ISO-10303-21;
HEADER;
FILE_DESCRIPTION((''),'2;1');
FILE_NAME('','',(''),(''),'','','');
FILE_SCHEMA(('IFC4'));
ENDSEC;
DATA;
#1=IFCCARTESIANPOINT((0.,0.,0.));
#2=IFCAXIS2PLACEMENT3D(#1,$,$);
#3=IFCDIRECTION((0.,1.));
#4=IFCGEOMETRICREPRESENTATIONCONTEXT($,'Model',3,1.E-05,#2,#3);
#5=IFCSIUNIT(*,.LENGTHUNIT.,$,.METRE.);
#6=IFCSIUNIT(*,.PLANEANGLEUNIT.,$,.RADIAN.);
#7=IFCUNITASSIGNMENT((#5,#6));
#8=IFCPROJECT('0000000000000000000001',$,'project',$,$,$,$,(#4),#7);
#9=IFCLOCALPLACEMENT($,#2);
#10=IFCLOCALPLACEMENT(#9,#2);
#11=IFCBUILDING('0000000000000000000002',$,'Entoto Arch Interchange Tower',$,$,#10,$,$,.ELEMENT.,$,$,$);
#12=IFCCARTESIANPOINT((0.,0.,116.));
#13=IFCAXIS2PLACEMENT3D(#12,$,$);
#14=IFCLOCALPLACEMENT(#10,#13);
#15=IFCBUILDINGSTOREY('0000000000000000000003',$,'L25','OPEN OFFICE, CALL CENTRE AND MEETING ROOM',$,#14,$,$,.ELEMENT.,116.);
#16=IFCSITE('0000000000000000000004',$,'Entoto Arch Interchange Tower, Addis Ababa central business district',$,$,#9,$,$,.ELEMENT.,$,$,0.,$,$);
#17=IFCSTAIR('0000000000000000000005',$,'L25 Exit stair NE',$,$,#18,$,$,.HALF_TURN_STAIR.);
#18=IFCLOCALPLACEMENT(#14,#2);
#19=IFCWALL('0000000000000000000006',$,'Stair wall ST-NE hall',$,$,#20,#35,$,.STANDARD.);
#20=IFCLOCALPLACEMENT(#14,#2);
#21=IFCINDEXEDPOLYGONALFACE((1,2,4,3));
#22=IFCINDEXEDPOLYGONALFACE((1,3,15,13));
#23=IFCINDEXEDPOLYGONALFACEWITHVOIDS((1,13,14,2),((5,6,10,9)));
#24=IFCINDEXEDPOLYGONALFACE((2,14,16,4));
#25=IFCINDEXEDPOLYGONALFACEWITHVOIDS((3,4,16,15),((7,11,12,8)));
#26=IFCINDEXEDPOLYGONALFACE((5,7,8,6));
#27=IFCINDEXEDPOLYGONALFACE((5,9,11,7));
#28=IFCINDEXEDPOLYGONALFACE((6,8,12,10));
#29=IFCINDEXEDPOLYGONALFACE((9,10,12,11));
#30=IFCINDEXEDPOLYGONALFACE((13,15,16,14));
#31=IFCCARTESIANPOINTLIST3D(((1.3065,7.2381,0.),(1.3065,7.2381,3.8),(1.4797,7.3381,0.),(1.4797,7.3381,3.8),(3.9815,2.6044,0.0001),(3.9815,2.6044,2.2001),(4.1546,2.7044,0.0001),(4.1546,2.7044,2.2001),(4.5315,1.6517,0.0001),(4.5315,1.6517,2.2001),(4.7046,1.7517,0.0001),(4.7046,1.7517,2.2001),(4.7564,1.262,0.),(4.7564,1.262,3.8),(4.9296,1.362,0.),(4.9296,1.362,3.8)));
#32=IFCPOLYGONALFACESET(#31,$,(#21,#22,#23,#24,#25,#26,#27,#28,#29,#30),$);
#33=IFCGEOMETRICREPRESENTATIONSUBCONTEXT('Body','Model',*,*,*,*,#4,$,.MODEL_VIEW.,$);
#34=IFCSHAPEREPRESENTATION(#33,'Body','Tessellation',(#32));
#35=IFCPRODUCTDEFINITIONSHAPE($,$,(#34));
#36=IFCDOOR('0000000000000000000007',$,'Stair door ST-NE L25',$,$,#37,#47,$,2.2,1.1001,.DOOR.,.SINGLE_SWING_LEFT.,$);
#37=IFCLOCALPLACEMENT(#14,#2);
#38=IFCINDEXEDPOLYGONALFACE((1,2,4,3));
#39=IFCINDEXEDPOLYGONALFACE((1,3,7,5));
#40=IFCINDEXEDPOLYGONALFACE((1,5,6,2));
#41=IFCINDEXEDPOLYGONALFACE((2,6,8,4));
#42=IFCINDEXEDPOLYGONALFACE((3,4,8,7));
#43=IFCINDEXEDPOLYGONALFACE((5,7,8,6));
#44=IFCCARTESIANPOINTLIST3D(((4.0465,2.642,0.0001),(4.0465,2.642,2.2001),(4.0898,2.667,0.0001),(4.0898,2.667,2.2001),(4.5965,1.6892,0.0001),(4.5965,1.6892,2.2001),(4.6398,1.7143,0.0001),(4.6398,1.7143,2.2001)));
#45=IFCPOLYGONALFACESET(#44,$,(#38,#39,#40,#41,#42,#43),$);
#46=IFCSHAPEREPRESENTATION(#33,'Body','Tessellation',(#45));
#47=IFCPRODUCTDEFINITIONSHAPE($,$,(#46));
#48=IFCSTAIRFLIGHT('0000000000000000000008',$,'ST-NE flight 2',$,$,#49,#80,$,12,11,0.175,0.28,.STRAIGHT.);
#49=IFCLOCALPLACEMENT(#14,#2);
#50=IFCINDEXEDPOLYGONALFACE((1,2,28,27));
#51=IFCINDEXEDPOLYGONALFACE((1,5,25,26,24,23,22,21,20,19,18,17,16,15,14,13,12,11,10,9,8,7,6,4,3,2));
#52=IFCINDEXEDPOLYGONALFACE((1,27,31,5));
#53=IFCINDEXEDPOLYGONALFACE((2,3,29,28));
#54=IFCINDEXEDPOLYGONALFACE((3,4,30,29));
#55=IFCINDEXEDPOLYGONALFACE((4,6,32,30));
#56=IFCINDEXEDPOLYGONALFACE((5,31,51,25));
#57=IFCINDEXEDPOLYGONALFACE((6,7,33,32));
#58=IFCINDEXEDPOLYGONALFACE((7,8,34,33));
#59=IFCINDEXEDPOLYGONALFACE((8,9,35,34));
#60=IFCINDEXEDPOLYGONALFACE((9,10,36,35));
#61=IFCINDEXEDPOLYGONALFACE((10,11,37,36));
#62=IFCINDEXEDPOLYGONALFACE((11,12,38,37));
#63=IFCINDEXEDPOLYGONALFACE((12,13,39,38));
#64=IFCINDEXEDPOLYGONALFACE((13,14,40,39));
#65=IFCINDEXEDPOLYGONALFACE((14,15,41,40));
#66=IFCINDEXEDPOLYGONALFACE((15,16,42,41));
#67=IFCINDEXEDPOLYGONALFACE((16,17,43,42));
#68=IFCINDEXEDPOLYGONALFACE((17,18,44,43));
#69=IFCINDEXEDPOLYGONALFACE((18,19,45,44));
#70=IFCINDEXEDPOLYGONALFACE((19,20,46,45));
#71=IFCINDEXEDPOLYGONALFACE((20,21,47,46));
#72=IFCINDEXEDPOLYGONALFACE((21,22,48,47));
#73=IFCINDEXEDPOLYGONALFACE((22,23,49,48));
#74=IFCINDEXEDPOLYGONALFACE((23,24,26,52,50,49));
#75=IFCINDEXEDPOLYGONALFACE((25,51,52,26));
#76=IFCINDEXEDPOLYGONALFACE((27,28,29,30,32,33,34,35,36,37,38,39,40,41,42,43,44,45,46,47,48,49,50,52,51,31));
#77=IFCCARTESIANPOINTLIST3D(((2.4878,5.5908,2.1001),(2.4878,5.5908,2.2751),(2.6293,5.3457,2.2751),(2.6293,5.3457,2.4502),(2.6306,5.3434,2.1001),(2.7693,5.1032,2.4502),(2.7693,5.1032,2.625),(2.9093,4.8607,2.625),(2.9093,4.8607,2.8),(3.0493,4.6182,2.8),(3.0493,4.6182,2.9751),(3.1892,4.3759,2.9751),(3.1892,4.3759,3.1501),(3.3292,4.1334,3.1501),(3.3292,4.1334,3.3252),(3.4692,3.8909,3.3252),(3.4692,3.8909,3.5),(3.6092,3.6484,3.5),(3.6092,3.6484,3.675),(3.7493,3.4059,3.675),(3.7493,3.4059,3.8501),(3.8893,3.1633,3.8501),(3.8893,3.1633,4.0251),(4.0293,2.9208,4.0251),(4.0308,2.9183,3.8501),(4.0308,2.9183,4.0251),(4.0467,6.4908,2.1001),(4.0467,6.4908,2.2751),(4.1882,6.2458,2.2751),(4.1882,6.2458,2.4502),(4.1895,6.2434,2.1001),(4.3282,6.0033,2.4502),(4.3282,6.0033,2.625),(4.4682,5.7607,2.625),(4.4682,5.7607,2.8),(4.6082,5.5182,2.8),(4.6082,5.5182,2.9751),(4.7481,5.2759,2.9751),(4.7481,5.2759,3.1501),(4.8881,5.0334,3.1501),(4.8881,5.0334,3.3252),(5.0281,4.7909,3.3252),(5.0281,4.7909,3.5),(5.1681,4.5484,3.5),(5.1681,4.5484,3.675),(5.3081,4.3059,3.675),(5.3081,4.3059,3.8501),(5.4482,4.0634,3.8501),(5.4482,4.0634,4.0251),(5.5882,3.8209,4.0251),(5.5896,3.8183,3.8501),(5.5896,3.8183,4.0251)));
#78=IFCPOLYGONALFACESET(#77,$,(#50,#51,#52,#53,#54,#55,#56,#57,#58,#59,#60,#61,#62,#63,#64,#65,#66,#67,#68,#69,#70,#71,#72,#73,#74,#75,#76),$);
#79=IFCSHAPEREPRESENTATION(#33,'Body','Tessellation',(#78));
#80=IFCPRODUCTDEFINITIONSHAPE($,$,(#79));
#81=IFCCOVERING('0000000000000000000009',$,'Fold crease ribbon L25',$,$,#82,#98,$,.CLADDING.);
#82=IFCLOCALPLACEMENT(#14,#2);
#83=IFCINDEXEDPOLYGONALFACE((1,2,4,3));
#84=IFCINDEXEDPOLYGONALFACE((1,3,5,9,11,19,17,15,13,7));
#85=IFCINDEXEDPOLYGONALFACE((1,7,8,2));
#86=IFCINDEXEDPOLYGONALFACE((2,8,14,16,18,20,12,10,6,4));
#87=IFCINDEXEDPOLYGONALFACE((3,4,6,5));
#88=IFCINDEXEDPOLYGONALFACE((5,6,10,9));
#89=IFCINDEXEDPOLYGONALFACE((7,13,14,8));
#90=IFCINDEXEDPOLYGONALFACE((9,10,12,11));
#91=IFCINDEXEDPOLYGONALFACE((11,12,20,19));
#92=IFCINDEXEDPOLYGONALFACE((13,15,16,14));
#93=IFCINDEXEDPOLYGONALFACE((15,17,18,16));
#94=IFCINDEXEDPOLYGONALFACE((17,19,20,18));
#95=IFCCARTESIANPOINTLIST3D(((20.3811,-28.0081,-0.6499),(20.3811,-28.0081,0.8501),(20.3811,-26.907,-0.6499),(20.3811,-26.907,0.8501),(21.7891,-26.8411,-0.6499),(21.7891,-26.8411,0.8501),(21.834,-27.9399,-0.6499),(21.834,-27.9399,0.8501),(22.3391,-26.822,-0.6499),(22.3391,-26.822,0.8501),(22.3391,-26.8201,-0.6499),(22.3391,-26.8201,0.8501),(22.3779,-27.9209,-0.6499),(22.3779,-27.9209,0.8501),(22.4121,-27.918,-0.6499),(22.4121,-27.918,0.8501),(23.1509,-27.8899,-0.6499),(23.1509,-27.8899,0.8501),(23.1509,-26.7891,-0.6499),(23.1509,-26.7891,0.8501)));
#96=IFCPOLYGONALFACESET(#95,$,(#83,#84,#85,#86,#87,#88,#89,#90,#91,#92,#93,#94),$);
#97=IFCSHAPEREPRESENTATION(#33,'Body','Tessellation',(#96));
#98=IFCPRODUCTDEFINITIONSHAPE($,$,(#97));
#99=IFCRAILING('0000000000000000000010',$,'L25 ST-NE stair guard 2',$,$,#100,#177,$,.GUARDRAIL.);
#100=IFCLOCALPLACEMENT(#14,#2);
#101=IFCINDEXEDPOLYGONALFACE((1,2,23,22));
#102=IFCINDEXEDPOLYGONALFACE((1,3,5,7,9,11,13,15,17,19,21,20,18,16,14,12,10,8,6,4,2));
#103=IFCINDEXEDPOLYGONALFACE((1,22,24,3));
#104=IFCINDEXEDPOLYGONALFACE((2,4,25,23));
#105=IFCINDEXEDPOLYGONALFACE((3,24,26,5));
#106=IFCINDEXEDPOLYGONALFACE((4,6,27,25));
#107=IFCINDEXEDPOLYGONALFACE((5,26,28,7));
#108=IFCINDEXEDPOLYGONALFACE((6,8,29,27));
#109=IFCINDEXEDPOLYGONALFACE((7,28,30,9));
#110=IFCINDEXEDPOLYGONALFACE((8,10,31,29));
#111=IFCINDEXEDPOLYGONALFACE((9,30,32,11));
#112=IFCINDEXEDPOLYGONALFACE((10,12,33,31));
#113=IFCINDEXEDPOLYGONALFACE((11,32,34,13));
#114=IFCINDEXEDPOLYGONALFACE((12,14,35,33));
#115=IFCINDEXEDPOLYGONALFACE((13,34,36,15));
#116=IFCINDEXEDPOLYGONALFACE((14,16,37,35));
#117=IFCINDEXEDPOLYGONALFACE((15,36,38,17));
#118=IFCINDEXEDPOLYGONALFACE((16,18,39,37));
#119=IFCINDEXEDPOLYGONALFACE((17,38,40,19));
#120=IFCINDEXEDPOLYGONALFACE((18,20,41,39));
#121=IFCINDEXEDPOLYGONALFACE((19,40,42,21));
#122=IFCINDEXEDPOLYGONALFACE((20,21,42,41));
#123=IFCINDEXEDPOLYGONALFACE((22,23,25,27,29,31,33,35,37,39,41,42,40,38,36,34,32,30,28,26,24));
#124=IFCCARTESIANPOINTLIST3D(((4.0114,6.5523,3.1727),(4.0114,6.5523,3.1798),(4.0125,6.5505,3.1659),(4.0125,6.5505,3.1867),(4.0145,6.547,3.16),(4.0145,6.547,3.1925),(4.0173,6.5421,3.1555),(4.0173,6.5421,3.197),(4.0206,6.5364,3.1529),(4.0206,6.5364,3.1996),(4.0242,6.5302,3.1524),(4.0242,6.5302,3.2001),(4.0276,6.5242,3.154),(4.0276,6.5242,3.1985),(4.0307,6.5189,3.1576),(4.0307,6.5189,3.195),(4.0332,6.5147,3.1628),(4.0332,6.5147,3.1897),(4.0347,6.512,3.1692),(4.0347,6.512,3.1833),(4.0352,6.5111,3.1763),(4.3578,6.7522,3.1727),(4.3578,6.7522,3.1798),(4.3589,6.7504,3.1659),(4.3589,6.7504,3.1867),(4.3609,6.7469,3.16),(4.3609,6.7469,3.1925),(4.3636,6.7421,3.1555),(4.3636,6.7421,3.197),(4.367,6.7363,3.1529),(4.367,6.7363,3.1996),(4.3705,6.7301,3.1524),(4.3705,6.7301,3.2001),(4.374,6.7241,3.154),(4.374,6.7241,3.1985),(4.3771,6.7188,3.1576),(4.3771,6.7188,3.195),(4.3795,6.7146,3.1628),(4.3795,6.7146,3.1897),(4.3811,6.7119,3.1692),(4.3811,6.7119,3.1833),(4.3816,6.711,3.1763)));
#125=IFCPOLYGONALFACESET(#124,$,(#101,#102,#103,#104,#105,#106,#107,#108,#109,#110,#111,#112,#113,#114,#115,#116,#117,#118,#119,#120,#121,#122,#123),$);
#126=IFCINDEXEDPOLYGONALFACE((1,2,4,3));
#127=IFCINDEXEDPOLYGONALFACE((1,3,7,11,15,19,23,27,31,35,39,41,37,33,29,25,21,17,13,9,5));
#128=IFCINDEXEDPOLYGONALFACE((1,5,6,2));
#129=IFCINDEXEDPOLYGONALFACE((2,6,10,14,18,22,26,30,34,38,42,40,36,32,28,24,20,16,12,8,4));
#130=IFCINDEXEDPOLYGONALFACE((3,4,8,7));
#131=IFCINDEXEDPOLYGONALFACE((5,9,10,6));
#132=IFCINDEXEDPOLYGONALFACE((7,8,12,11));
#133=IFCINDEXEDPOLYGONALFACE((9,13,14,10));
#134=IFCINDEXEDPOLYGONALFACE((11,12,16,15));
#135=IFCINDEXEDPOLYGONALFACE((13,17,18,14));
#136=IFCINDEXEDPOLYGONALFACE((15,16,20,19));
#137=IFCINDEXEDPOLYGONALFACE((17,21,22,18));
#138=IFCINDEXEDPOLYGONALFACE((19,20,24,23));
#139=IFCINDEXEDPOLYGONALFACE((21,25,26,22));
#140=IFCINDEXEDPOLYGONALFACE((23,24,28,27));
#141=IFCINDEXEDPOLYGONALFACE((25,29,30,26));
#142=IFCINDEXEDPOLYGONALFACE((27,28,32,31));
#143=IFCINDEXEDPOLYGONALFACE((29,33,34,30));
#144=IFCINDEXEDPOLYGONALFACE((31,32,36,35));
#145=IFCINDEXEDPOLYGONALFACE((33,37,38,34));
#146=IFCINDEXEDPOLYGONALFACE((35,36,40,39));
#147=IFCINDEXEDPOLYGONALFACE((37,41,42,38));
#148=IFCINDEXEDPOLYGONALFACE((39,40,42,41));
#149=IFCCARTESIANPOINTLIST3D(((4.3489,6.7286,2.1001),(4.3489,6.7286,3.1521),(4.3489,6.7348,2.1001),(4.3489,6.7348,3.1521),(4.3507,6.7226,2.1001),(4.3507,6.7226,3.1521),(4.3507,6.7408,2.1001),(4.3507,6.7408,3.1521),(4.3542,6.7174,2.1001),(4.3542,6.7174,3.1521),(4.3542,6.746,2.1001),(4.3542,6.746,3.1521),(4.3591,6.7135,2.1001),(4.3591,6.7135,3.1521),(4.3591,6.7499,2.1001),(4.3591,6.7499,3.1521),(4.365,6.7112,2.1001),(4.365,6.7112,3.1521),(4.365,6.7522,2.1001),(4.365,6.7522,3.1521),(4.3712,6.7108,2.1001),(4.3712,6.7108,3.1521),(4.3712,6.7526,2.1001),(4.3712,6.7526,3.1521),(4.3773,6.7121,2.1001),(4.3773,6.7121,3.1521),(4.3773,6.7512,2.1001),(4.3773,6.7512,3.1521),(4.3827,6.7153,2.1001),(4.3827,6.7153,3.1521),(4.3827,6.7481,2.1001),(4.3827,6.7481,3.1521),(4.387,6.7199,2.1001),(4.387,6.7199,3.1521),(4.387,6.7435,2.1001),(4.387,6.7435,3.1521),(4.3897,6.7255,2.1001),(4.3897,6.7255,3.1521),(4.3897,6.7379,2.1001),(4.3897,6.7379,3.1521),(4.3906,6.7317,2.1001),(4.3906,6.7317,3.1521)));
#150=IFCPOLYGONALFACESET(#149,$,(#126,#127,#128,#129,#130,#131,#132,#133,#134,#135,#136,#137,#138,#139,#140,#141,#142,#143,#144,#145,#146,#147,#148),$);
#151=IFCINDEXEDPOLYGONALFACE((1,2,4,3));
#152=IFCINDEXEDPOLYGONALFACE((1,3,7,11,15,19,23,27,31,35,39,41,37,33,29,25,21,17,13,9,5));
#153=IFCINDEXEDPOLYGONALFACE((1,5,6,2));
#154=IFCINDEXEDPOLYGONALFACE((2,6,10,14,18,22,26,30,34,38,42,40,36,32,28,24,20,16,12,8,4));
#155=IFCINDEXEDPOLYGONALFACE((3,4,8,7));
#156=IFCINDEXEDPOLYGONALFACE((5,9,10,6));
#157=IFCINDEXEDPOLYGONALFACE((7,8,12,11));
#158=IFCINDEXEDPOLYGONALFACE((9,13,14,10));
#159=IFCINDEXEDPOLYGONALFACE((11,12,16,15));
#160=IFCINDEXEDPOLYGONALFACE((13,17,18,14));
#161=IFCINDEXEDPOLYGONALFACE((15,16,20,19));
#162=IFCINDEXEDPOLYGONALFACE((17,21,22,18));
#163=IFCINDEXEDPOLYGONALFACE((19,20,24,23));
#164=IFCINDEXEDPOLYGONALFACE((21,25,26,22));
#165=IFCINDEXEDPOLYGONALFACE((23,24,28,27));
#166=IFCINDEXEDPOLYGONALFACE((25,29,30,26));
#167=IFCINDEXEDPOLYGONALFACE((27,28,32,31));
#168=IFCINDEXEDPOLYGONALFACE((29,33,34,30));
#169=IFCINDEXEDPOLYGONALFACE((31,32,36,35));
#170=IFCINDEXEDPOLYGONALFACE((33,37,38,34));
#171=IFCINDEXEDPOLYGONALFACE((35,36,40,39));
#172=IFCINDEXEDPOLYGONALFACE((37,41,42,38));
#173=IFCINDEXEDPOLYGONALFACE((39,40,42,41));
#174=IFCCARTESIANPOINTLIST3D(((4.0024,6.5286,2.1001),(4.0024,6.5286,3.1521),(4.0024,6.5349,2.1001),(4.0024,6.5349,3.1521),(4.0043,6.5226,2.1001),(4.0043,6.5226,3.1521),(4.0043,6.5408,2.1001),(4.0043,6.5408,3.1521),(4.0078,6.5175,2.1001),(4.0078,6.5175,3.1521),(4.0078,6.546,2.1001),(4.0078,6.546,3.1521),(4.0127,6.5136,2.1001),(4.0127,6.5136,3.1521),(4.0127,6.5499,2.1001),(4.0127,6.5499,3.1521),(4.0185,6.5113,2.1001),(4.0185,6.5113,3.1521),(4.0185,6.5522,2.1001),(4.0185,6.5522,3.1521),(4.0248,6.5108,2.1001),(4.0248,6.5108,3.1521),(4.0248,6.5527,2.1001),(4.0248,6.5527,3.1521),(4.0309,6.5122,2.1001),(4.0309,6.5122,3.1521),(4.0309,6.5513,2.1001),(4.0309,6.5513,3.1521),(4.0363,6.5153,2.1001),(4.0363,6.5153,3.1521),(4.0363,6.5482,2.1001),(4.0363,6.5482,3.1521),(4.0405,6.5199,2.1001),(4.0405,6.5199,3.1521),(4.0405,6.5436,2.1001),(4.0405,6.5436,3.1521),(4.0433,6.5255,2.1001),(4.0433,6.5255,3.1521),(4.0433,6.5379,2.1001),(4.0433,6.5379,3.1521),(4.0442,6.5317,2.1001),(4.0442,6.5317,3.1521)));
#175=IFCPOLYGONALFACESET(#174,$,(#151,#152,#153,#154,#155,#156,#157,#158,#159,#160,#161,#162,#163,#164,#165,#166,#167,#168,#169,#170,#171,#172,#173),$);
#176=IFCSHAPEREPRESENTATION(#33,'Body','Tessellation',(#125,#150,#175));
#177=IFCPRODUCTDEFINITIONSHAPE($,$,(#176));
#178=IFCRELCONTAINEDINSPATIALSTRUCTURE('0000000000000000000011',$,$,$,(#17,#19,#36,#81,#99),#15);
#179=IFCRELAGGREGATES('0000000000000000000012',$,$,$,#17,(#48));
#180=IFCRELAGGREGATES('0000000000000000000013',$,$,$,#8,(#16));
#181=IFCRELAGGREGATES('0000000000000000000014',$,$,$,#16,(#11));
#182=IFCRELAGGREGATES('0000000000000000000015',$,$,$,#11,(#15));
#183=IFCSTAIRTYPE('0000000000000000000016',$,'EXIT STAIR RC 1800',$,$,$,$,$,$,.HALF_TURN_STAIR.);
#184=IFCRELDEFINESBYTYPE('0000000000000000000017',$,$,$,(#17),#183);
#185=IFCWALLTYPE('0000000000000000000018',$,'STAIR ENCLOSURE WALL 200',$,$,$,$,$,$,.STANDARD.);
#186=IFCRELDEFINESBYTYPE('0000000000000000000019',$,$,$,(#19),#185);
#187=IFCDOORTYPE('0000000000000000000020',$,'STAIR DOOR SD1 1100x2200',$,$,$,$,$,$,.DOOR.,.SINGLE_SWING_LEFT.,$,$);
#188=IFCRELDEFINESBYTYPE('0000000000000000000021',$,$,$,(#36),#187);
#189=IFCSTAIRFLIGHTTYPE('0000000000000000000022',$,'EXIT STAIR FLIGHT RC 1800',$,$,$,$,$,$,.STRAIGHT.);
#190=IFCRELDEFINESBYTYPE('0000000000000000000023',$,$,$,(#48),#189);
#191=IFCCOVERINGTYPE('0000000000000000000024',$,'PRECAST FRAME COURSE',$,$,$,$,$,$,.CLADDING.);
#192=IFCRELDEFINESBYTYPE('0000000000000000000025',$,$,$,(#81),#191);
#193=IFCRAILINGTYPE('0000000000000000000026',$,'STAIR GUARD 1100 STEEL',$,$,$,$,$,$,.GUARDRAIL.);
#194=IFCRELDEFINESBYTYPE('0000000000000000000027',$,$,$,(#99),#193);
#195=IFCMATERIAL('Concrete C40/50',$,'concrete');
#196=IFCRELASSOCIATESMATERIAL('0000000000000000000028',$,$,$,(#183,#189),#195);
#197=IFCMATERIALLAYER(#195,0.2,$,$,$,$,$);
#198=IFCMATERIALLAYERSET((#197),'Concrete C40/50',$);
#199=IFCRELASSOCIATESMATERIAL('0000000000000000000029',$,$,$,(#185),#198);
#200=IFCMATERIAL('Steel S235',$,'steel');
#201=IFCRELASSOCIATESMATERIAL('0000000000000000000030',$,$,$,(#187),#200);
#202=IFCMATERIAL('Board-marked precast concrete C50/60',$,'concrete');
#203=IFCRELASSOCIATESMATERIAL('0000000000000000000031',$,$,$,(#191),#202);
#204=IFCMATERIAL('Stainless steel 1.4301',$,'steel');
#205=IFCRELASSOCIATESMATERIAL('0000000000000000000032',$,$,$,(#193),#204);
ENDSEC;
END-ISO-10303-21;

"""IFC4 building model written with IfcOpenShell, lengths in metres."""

from ifc_helpers import new_model, si_unit, direction, frame, frame_2d, origin, origin_2d, place, context, subcontext, project, spatial, polyline, rectangle, circle, outline, extrude, material, layer, layer_set, type_object, element, fill, aggregate, save


model = new_model("IFC4")

# Units and contexts
model_context = context("Model", 3, precision=1e-05, world=origin(), true_north=direction((0.0, 1.0)))
body_context = subcontext(model_context, "Body", "Model", "MODEL_VIEW")
ifc_project = project(units=[si_unit("LENGTHUNIT", "METRE"), si_unit("PLANEANGLEUNIT", "RADIAN")], contexts=[model_context])

# Site, building, storey
site_placement = place(None, origin())
site = spatial("IfcSite", under=ifc_project, at=site_placement, Name="Entoto Arch Interchange Tower, Addis Ababa central business district", CompositionType="ELEMENT", RefElevation=0.0)
building_placement = place(site_placement, origin())
building = spatial("IfcBuilding", under=site, at=building_placement, Name="Entoto Arch Interchange Tower", CompositionType="ELEMENT")
storey_placement = place(building_placement, frame((0.0, 0.0, 116.0)))
storey = spatial("IfcBuildingStorey", under=building, at=storey_placement, Name="L25", Description="OPEN OFFICE, CALL CENTRE AND MEETING ROOM", CompositionType="ELEMENT", Elevation=116.0)

# Shared definitions
ifc_material_1 = material(Name="Board-marked precast concrete C50/60", Category="concrete")
ifc_material_2 = material(Name="Concrete C40/50", Category="concrete")

# Stair
stair_type = type_object("IfcStairType", Name="EXIT STAIR RC 1800", PredefinedType="HALF_TURN_STAIR", material=ifc_material_2)
stair_1_placement = place(storey_placement, origin())
stair_1 = element("IfcStair", 1, at=stair_1_placement, inside=storey, type_object=stair_type, Name="L25 Exit stair NE", PredefinedType="HALF_TURN_STAIR")

# Shared definitions
ifc_layer_1 = layer(ifc_material_2, 0.2)
ifc_layer_set_1 = layer_set([ifc_layer_1], Name="Concrete C40/50")
wall_type_1 = type_object("IfcWallType", Name="STAIR ENCLOSURE WALL 200", PredefinedType="STANDARD", material=ifc_layer_set_1)
ifc_material_3 = material(Name="Steel S235", Category="steel")
door_type = type_object("IfcDoorType", Name="STAIR DOOR SD1 1100x2200", OperationType="SINGLE_SWING_LEFT", PredefinedType="DOOR", material=ifc_material_3)

# Wall, opening, door
wall_1_placement = place(storey_placement, frame((4.843, 1.312, 0.0), z_axis=(0.0, 0.0, 1.0), x_axis=(-0.499963, 0.866047, 0.0)))
wall_1 = element("IfcWall", 2, at=wall_1_placement, inside=storey, type_object=wall_type_1, Name="Stair wall ST-NE hall", PredefinedType="STANDARD", context=body_context, shape_type="SweptSolid", body=[
    extrude(rectangle(XDim=6.9004, YDim=0.2, at=frame_2d((3.4502, 0.0))), origin(), (0.0, 0.0, 1.0), 3.8),
])
opening_1_placement = place(wall_1_placement, frame((0.45, 0.0, 0.0)))
opening_1 = element("IfcOpeningElement", 3, at=opening_1_placement, cuts=wall_1, PredefinedType="OPENING", context=body_context, shape_type="SweptSolid", body=[
    extrude(rectangle(XDim=1.1001, YDim=2.2, at=frame_2d((0.55, 1.1001))), frame((0.0, 0.1099, 0.0), z_axis=(0.0, -1.0, 0.0), x_axis=(1.0, 0.0, 0.0)), (0.0, 0.0, 1.0), 0.22),
])
door_1_placement = place(opening_1_placement, origin())
door_1 = element("IfcDoor", 4, at=door_1_placement, inside=storey, type_object=door_type, Name="Stair door ST-NE L25", OperationType="SINGLE_SWING_LEFT", OverallHeight=2.2, OverallWidth=1.1001, PredefinedType="DOOR", context=body_context, shape_type="SweptSolid", body=[
    extrude(rectangle(XDim=1.1001, YDim=2.2, at=frame_2d((0.55, 1.1001))), frame((0.0, 0.0249, 0.0), z_axis=(0.0, -1.0, 0.0), x_axis=(1.0, 0.0, 0.0)), (0.0, 0.0, 1.0), 0.05),
])
fill(opening_1, door_1)

# Stair flight
stair_flight_type = type_object("IfcStairFlightType", Name="EXIT STAIR FLIGHT RC 1800", PredefinedType="STRAIGHT", material=ifc_material_2)
stair_flight_placement = place(storey_placement, frame((3.2688, 6.0383, 2.1001), z_axis=(0.0, 0.0, 1.0), x_axis=(0.5, -0.866025, 0.0)))
stair_flight = element("IfcStairFlight", 5, at=stair_flight_placement, type_object=stair_flight_type, Name="ST-NE flight 2", NumberOfRisers=12, NumberOfTreads=11, PredefinedType="STRAIGHT", RiserHeight=0.175, TreadLength=0.28, context=body_context, shape_type="SweptSolid", body=[
    extrude(outline(polyline([(-0.0029, 0.0), (-0.0029, 0.175), (0.28, 0.175), (0.28, 0.3501), (0.5601, 0.3501), (0.5601, 0.5249), (0.8401, 0.5249), (0.8401, 0.7), (1.1201, 0.7), (1.1201, 0.875), (1.3999, 0.875), (1.3999, 1.05), (1.6799, 1.05), (1.6799, 1.2251), (1.96, 1.2251), (1.96, 1.3999), (2.24, 1.3999), (2.24, 1.575), (2.52, 1.575), (2.52, 1.75), (2.8, 1.75), (2.8, 1.925), (3.0801, 1.925), (3.083, 1.925), (3.083, 1.75), (0.2827, 0.0), (-0.0029, 0.0)])), frame((0.0, 0.8999, 0.0), z_axis=(0.0, -1.0, 0.0), x_axis=(1.0, 0.0, 0.0)), (0.0, 0.0, 1.0), 1.8),
])
aggregate(stair_1, [stair_flight])

# Covering
covering_type = type_object("IfcCoveringType", Name="PRECAST FRAME COURSE", PredefinedType="CLADDING", material=ifc_material_1)
covering_placement = place(storey_placement, frame((0.0, 0.0, -0.6499)))
element("IfcCovering", 6, at=covering_placement, inside=storey, type_object=covering_type, Name="Fold crease ribbon L25", PredefinedType="CLADDING", context=body_context, shape_type="SweptSolid", body=[
    extrude(outline(polyline([(22.4121, -27.918), (22.3779, -27.9209), (21.834, -27.9399), (20.3811, -28.0081), (20.3811, -26.907), (21.7891, -26.8411), (22.3391, -26.822), (22.3391, -26.8201), (23.1509, -26.7891), (23.1509, -27.8899), (22.4121, -27.918)])), origin(), (0.0, 0.0, 1.0), 1.5),
])

# Railing
ifc_material_4 = material(Name="Stainless steel 1.4301", Category="steel")
railing_type_1 = type_object("IfcRailingType", Name="STAIR GUARD 1100 STEEL", PredefinedType="GUARDRAIL", material=ifc_material_4)
railing_1_placement = place(storey_placement, frame((4.3696, 6.7317, 2.1001)))
element("IfcRailing", 7, at=railing_1_placement, inside=storey, type_object=railing_type_1, Name="L25 ST-NE stair guard 2", PredefinedType="GUARDRAIL", context=body_context, shape_type="SweptSolid", body=[
    extrude(circle(Radius=0.0239, at=origin_2d()), frame((0.0, 0.0, 1.0762), z_axis=(-0.866094, -0.499881, 0.0), x_axis=(0.499881, -0.866094, 0.0)), (0.0, 0.0, 1.0), 0.3999),
    extrude(circle(Radius=0.021, at=origin_2d()), origin(), (0.0, 0.0, 1.0), 1.052),
    extrude(circle(Radius=0.021, at=origin_2d()), frame((-0.3464, -0.2, 0.0)), (0.0, 0.0, 1.0), 1.052),
])

save(model, "model.ifc")
